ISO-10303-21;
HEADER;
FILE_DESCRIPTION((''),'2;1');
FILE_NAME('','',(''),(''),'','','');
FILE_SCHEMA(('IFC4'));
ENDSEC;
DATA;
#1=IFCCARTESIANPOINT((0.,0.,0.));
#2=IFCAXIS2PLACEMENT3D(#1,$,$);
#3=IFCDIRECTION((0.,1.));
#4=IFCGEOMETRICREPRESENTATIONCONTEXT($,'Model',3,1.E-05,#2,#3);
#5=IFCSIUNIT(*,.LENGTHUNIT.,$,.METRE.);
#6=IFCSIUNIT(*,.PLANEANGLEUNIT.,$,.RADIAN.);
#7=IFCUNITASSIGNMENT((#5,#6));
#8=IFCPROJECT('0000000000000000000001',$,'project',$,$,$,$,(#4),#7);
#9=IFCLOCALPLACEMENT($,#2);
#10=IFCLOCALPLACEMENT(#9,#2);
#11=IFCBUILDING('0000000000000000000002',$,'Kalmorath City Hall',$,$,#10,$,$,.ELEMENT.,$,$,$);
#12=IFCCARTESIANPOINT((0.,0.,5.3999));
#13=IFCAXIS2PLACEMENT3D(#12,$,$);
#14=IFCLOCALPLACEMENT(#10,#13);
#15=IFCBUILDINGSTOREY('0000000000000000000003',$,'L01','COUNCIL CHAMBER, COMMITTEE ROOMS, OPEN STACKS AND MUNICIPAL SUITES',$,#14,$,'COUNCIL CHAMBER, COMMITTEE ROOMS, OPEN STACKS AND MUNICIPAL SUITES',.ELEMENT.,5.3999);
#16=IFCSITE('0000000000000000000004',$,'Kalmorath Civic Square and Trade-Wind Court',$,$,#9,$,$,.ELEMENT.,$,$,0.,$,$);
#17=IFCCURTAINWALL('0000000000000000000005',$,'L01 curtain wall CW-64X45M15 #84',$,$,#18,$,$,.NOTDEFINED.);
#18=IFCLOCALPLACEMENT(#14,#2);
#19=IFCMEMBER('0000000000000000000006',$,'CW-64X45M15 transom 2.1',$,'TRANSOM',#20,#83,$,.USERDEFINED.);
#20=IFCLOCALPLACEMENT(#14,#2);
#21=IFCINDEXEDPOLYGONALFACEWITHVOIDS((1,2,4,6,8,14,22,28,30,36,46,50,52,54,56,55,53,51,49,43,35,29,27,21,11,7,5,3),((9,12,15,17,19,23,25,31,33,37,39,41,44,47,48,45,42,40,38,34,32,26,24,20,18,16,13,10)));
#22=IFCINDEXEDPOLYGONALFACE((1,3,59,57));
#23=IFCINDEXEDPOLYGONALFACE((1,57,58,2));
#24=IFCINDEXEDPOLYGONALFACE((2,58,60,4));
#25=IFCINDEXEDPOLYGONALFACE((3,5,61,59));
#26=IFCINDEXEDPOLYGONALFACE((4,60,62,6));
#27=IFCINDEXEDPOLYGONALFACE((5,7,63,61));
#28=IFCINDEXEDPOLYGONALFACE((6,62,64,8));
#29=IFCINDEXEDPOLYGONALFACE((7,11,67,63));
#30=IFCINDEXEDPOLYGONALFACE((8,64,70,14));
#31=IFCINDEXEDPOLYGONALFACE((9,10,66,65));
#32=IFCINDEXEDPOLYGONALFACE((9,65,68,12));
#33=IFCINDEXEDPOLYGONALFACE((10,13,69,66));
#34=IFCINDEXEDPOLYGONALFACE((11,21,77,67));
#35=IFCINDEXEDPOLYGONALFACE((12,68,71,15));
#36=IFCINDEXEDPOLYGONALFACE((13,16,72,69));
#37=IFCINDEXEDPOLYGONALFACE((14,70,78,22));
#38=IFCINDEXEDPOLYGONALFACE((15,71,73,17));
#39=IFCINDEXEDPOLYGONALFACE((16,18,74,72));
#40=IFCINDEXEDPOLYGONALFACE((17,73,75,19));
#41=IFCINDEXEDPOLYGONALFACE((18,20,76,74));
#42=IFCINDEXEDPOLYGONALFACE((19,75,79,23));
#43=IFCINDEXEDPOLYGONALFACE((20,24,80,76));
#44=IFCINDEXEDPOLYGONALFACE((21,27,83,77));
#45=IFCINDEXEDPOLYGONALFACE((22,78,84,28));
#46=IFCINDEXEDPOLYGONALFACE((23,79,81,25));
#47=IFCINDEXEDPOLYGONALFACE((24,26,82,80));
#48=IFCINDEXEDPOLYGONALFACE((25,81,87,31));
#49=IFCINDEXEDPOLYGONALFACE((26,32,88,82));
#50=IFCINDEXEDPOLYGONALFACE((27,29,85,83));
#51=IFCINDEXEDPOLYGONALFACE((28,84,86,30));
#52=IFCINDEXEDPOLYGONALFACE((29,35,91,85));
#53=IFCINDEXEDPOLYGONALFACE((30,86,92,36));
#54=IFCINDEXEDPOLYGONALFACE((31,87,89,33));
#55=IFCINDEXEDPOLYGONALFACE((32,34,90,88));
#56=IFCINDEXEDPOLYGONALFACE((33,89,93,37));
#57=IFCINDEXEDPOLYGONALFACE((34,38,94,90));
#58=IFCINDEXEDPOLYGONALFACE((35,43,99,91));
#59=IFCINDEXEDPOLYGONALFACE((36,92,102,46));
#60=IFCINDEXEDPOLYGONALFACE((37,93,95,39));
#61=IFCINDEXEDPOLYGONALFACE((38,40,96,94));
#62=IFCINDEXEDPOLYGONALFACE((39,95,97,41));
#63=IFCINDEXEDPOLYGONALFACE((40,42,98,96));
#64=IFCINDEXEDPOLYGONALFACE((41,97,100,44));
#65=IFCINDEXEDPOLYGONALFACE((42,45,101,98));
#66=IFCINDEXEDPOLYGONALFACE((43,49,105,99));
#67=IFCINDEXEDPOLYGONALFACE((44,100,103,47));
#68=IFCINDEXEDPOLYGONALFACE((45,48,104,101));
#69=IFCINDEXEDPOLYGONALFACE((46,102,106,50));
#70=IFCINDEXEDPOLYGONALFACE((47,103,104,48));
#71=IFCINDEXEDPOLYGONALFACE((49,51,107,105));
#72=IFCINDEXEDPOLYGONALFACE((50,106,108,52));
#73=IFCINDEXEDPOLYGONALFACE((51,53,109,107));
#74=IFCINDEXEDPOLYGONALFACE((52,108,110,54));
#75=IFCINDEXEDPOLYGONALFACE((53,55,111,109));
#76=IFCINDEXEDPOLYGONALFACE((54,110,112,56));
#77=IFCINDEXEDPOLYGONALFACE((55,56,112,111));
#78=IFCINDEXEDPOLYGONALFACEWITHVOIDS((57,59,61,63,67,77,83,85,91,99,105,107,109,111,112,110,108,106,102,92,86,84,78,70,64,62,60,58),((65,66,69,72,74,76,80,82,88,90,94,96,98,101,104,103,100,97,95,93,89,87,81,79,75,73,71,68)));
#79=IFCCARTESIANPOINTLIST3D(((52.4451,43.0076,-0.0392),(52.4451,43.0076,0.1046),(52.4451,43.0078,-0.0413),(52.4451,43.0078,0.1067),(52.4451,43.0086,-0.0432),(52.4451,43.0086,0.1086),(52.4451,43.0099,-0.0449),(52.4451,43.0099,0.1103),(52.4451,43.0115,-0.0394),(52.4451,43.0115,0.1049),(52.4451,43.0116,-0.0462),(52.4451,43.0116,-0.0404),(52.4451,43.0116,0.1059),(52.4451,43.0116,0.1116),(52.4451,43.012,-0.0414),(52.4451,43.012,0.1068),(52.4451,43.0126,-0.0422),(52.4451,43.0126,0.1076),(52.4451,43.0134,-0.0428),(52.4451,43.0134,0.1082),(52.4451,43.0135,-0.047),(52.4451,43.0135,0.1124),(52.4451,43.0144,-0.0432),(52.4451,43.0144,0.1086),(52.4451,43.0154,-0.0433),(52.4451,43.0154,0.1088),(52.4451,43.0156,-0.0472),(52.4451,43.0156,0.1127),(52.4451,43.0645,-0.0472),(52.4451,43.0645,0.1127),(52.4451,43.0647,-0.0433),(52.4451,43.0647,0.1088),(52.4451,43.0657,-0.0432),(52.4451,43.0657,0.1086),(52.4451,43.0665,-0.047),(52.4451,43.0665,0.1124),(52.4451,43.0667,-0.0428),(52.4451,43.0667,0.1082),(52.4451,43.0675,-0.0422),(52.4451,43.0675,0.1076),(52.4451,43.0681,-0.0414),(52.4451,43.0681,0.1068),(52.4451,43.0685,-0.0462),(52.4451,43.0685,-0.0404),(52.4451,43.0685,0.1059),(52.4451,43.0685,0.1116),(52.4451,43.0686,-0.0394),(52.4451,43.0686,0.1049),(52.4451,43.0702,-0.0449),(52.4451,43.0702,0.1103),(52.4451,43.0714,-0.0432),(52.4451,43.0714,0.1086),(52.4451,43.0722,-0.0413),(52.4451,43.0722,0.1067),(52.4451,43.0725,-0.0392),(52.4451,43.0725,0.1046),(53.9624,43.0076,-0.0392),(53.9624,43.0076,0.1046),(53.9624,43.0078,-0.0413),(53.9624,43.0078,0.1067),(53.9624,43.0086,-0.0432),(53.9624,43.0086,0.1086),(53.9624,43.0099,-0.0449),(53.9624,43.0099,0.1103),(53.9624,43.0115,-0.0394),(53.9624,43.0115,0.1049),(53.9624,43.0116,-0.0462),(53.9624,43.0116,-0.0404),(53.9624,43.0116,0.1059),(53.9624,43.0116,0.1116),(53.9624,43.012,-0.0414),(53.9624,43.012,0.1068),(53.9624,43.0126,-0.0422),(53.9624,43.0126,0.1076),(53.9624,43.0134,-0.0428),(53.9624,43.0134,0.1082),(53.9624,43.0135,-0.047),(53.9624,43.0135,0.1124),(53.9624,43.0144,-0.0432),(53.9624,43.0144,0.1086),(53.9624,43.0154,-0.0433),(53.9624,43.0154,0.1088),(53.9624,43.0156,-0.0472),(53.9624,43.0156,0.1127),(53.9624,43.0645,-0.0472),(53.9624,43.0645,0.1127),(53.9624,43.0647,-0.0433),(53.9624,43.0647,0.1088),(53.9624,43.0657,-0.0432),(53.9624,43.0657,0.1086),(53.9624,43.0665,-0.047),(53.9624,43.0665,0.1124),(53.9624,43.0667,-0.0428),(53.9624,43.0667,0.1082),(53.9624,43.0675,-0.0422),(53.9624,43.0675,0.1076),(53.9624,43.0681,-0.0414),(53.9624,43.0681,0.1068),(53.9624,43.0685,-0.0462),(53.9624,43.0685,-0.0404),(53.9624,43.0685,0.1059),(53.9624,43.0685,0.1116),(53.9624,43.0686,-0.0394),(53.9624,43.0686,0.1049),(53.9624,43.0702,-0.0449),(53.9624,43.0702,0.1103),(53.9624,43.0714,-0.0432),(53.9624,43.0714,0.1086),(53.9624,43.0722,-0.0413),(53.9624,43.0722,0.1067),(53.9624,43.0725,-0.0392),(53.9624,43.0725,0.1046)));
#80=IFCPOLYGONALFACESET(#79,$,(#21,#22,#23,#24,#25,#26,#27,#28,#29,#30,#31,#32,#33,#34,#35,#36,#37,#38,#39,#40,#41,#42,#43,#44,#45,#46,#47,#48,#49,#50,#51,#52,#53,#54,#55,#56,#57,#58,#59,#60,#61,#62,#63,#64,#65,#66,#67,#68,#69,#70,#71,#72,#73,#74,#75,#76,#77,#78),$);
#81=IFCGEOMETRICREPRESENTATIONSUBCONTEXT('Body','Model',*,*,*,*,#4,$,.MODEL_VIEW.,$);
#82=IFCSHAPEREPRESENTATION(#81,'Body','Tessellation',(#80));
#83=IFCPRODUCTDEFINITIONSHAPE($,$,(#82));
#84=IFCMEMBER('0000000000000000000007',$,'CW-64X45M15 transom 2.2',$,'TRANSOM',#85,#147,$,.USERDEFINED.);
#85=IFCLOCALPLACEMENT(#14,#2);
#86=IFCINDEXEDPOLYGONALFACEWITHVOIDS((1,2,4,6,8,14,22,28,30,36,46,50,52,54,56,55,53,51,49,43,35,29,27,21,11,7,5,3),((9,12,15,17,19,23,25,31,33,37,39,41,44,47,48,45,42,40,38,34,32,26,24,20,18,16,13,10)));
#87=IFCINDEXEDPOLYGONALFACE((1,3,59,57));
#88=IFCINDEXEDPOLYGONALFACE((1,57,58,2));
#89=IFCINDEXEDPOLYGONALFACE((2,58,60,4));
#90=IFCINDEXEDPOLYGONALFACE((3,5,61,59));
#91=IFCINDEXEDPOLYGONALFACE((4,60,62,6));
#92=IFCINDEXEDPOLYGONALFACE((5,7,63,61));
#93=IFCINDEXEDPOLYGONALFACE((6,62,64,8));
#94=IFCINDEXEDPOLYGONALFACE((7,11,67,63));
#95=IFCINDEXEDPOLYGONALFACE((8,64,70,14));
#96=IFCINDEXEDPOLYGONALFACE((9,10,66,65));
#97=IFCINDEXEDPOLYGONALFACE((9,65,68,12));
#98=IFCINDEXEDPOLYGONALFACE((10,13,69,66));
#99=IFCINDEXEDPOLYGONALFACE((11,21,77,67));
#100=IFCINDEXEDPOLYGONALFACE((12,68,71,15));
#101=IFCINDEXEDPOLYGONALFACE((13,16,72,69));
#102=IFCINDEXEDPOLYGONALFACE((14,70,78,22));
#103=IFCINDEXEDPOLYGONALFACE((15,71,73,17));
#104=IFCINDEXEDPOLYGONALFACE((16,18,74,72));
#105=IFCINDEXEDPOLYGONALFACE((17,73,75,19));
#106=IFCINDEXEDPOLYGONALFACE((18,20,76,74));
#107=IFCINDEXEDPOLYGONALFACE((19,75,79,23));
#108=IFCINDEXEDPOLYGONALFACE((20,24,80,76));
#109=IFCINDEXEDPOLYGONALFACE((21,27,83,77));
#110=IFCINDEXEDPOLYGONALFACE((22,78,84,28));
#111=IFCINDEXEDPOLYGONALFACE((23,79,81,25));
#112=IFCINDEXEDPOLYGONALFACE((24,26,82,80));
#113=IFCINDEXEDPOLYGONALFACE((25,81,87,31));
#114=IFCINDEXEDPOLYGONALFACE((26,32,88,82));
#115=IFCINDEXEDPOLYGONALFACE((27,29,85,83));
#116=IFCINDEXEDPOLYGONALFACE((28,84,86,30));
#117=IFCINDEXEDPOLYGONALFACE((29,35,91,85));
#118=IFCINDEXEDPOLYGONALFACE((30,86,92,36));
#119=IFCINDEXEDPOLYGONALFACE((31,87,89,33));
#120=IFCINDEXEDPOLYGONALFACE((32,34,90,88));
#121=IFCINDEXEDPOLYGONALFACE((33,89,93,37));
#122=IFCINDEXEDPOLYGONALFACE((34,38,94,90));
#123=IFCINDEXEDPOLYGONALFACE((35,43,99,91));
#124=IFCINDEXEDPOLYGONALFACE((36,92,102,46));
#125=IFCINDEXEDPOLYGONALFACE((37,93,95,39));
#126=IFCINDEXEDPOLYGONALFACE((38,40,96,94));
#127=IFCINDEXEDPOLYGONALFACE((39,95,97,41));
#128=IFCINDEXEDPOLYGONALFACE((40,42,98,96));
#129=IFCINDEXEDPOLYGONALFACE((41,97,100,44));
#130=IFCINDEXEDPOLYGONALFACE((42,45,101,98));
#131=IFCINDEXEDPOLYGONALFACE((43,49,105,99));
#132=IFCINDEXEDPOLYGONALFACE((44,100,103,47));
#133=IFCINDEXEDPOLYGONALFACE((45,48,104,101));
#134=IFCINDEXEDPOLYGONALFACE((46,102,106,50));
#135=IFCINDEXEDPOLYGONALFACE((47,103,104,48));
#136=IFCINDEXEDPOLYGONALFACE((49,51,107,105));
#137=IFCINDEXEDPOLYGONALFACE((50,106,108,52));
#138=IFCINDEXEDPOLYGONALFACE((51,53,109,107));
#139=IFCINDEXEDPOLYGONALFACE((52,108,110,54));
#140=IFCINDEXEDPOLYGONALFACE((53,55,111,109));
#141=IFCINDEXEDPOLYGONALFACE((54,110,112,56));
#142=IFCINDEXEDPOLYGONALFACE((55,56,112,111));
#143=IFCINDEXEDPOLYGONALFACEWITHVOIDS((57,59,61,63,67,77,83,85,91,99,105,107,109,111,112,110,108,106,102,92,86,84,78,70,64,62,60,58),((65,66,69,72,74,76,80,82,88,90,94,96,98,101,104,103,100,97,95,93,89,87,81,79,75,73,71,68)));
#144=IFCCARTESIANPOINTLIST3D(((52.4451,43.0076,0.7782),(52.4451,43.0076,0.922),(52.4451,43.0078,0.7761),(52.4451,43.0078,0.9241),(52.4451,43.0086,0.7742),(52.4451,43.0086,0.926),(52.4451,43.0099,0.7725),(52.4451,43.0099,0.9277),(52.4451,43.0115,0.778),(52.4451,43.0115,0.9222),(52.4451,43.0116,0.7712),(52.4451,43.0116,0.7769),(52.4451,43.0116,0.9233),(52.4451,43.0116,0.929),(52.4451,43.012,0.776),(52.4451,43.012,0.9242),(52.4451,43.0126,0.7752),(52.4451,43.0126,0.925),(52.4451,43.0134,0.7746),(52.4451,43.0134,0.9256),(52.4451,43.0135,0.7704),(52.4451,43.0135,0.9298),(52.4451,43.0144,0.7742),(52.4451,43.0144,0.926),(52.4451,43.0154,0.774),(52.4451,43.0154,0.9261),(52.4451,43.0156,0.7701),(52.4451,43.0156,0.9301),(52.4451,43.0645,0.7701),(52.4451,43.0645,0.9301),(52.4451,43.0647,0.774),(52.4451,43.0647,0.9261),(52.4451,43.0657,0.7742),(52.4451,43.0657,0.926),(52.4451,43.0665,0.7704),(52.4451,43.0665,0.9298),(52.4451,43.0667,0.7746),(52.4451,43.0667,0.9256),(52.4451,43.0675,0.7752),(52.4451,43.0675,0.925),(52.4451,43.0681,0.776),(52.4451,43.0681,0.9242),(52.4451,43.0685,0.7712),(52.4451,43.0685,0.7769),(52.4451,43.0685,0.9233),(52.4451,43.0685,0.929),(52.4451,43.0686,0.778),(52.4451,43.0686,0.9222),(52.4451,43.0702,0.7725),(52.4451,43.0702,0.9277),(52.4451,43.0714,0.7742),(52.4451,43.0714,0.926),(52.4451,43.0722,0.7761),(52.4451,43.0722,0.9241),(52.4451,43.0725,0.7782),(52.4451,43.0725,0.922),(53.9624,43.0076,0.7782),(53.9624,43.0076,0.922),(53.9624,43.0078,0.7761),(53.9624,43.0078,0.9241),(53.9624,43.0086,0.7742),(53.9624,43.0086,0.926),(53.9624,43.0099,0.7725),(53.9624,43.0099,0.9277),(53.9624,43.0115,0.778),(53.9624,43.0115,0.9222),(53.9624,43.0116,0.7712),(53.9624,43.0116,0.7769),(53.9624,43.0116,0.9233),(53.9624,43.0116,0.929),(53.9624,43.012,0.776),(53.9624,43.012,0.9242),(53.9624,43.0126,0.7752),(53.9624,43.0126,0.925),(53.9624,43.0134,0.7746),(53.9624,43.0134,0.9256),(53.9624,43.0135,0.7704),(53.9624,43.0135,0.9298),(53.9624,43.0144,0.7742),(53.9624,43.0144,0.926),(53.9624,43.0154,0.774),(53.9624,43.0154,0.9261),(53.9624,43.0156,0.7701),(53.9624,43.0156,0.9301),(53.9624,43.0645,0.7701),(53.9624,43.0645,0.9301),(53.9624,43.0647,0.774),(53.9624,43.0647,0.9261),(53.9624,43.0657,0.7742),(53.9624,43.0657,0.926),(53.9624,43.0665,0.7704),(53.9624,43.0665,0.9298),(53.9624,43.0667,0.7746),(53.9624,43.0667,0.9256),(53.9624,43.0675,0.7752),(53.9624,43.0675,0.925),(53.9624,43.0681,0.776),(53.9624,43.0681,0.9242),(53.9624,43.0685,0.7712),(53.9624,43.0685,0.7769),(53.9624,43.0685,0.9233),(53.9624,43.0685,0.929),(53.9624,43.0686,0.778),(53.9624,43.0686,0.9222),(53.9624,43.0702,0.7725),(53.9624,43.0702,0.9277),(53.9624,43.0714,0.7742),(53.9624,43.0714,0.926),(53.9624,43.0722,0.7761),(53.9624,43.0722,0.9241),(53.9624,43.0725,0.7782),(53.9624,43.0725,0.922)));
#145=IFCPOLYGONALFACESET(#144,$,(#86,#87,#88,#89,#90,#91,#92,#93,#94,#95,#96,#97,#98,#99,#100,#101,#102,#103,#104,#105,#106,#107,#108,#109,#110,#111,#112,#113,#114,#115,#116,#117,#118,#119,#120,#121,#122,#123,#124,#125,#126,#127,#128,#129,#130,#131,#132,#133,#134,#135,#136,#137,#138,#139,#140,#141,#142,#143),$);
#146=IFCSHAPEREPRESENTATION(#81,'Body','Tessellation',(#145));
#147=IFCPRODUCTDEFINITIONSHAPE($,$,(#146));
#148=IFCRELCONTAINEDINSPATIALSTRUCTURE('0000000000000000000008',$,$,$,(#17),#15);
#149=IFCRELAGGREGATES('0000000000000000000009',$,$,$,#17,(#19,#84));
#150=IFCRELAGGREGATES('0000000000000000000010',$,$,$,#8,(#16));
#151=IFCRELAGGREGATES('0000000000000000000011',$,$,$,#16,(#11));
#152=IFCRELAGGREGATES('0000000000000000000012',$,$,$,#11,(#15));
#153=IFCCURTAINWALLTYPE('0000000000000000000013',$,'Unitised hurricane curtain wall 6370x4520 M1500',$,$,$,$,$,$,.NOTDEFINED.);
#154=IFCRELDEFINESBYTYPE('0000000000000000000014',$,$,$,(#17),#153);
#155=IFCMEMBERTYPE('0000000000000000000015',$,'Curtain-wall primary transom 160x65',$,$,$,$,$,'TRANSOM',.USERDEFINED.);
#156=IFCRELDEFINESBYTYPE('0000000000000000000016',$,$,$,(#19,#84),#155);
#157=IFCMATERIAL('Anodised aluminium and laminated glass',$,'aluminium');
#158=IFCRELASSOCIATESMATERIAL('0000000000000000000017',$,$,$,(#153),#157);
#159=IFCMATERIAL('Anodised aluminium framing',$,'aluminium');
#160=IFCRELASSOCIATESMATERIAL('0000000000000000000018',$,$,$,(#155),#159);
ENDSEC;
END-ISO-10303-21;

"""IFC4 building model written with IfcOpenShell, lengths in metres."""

from ifc_helpers import new_model, si_unit, direction, frame, origin, origin_2d, place, context, subcontext, project, spatial, hollow_rectangle, extrude, material, material_profile, profile_set, type_object, element, aggregate, save


model = new_model("IFC4")

# Units and contexts
model_context = context("Model", 3, precision=1e-05, world=origin(), true_north=direction((0.0, 1.0)))
body_context = subcontext(model_context, "Body", "Model", "MODEL_VIEW")
ifc_project = project(units=[si_unit("LENGTHUNIT", "METRE"), si_unit("PLANEANGLEUNIT", "RADIAN")], contexts=[model_context])

# Site, building, storey
site_placement = place(None, origin())
site = spatial("IfcSite", under=ifc_project, at=site_placement, Name="Kalmorath Civic Square and Trade-Wind Court", CompositionType="ELEMENT", RefElevation=0.0)
building_placement = place(site_placement, origin())
building = spatial("IfcBuilding", under=site, at=building_placement, Name="Kalmorath City Hall", CompositionType="ELEMENT")
storey_placement = place(building_placement, frame((0.0, 0.0, 5.3999)))
storey = spatial("IfcBuildingStorey", under=building, at=storey_placement, Name="L01", Description="COUNCIL CHAMBER, COMMITTEE ROOMS, OPEN STACKS AND MUNICIPAL SUITES", LongName="COUNCIL CHAMBER, COMMITTEE ROOMS, OPEN STACKS AND MUNICIPAL SUITES", CompositionType="ELEMENT", Elevation=5.3999)

# Curtain wall, members
ifc_material_1 = material(Name="Anodised aluminium and laminated glass", Category="aluminium")
curtain_wall_type_1 = type_object("IfcCurtainWallType", Name="Unitised hurricane curtain wall 6370x4520 M1500", PredefinedType="NOTDEFINED", material=ifc_material_1)
curtain_wall_1_placement = place(storey_placement, origin())
curtain_wall_1 = element("IfcCurtainWall", 1, at=curtain_wall_1_placement, inside=storey, type_object=curtain_wall_type_1, Name="L01 curtain wall CW-64X45M15 #84", PredefinedType="NOTDEFINED")
ifc_material_2 = material(Name="Anodised aluminium framing", Category="aluminium")
ifc_material_profile_1 = material_profile(ifc_material_2, hollow_rectangle(XDim=0.0649, YDim=0.1599, WallThickness=0.0039, InnerFilletRadius=0.0039, OuterFilletRadius=0.0081, at=origin_2d()), Name="ALU-TRN-160X65X4")
ifc_profile_set_1 = profile_set([ifc_material_profile_1], Name="Anodised aluminium framing")
member_type_1 = type_object("IfcMemberType", Name="Curtain-wall primary transom 160x65", ElementType="TRANSOM", PredefinedType="USERDEFINED", material=ifc_profile_set_1)
member_1_placement = place(storey_placement, frame((52.4451, 43.04, 0.0327), z_axis=(1.0, 0.0, 0.0), x_axis=(0.0, 1.0, 0.0)))
member_1 = element("IfcMember", 2, at=member_1_placement, type_object=member_type_1, Name="CW-64X45M15 transom 2.1", ObjectType="TRANSOM", PredefinedType="USERDEFINED", context=body_context, shape_type="SweptSolid", body=[
    extrude(hollow_rectangle(XDim=0.0649, YDim=0.1599, WallThickness=0.0039, InnerFilletRadius=0.0039, OuterFilletRadius=0.0081, at=origin_2d()), origin(), (0.0, 0.0, 1.0), 1.5173),
])
member_2_placement = place(storey_placement, frame((52.4451, 43.04, 0.8501), z_axis=(1.0, 0.0, 0.0), x_axis=(0.0, 1.0, 0.0)))
member_2 = element("IfcMember", 3, at=member_2_placement, type_object=member_type_1, Name="CW-64X45M15 transom 2.2", ObjectType="TRANSOM", PredefinedType="USERDEFINED", context=body_context, shape_type="SweptSolid", body=[
    extrude(hollow_rectangle(XDim=0.0649, YDim=0.1599, WallThickness=0.0039, InnerFilletRadius=0.0039, OuterFilletRadius=0.0081, at=origin_2d()), origin(), (0.0, 0.0, 1.0), 1.5173),
])

aggregate(curtain_wall_1, [member_1, member_2])

save(model, "model.ifc")
